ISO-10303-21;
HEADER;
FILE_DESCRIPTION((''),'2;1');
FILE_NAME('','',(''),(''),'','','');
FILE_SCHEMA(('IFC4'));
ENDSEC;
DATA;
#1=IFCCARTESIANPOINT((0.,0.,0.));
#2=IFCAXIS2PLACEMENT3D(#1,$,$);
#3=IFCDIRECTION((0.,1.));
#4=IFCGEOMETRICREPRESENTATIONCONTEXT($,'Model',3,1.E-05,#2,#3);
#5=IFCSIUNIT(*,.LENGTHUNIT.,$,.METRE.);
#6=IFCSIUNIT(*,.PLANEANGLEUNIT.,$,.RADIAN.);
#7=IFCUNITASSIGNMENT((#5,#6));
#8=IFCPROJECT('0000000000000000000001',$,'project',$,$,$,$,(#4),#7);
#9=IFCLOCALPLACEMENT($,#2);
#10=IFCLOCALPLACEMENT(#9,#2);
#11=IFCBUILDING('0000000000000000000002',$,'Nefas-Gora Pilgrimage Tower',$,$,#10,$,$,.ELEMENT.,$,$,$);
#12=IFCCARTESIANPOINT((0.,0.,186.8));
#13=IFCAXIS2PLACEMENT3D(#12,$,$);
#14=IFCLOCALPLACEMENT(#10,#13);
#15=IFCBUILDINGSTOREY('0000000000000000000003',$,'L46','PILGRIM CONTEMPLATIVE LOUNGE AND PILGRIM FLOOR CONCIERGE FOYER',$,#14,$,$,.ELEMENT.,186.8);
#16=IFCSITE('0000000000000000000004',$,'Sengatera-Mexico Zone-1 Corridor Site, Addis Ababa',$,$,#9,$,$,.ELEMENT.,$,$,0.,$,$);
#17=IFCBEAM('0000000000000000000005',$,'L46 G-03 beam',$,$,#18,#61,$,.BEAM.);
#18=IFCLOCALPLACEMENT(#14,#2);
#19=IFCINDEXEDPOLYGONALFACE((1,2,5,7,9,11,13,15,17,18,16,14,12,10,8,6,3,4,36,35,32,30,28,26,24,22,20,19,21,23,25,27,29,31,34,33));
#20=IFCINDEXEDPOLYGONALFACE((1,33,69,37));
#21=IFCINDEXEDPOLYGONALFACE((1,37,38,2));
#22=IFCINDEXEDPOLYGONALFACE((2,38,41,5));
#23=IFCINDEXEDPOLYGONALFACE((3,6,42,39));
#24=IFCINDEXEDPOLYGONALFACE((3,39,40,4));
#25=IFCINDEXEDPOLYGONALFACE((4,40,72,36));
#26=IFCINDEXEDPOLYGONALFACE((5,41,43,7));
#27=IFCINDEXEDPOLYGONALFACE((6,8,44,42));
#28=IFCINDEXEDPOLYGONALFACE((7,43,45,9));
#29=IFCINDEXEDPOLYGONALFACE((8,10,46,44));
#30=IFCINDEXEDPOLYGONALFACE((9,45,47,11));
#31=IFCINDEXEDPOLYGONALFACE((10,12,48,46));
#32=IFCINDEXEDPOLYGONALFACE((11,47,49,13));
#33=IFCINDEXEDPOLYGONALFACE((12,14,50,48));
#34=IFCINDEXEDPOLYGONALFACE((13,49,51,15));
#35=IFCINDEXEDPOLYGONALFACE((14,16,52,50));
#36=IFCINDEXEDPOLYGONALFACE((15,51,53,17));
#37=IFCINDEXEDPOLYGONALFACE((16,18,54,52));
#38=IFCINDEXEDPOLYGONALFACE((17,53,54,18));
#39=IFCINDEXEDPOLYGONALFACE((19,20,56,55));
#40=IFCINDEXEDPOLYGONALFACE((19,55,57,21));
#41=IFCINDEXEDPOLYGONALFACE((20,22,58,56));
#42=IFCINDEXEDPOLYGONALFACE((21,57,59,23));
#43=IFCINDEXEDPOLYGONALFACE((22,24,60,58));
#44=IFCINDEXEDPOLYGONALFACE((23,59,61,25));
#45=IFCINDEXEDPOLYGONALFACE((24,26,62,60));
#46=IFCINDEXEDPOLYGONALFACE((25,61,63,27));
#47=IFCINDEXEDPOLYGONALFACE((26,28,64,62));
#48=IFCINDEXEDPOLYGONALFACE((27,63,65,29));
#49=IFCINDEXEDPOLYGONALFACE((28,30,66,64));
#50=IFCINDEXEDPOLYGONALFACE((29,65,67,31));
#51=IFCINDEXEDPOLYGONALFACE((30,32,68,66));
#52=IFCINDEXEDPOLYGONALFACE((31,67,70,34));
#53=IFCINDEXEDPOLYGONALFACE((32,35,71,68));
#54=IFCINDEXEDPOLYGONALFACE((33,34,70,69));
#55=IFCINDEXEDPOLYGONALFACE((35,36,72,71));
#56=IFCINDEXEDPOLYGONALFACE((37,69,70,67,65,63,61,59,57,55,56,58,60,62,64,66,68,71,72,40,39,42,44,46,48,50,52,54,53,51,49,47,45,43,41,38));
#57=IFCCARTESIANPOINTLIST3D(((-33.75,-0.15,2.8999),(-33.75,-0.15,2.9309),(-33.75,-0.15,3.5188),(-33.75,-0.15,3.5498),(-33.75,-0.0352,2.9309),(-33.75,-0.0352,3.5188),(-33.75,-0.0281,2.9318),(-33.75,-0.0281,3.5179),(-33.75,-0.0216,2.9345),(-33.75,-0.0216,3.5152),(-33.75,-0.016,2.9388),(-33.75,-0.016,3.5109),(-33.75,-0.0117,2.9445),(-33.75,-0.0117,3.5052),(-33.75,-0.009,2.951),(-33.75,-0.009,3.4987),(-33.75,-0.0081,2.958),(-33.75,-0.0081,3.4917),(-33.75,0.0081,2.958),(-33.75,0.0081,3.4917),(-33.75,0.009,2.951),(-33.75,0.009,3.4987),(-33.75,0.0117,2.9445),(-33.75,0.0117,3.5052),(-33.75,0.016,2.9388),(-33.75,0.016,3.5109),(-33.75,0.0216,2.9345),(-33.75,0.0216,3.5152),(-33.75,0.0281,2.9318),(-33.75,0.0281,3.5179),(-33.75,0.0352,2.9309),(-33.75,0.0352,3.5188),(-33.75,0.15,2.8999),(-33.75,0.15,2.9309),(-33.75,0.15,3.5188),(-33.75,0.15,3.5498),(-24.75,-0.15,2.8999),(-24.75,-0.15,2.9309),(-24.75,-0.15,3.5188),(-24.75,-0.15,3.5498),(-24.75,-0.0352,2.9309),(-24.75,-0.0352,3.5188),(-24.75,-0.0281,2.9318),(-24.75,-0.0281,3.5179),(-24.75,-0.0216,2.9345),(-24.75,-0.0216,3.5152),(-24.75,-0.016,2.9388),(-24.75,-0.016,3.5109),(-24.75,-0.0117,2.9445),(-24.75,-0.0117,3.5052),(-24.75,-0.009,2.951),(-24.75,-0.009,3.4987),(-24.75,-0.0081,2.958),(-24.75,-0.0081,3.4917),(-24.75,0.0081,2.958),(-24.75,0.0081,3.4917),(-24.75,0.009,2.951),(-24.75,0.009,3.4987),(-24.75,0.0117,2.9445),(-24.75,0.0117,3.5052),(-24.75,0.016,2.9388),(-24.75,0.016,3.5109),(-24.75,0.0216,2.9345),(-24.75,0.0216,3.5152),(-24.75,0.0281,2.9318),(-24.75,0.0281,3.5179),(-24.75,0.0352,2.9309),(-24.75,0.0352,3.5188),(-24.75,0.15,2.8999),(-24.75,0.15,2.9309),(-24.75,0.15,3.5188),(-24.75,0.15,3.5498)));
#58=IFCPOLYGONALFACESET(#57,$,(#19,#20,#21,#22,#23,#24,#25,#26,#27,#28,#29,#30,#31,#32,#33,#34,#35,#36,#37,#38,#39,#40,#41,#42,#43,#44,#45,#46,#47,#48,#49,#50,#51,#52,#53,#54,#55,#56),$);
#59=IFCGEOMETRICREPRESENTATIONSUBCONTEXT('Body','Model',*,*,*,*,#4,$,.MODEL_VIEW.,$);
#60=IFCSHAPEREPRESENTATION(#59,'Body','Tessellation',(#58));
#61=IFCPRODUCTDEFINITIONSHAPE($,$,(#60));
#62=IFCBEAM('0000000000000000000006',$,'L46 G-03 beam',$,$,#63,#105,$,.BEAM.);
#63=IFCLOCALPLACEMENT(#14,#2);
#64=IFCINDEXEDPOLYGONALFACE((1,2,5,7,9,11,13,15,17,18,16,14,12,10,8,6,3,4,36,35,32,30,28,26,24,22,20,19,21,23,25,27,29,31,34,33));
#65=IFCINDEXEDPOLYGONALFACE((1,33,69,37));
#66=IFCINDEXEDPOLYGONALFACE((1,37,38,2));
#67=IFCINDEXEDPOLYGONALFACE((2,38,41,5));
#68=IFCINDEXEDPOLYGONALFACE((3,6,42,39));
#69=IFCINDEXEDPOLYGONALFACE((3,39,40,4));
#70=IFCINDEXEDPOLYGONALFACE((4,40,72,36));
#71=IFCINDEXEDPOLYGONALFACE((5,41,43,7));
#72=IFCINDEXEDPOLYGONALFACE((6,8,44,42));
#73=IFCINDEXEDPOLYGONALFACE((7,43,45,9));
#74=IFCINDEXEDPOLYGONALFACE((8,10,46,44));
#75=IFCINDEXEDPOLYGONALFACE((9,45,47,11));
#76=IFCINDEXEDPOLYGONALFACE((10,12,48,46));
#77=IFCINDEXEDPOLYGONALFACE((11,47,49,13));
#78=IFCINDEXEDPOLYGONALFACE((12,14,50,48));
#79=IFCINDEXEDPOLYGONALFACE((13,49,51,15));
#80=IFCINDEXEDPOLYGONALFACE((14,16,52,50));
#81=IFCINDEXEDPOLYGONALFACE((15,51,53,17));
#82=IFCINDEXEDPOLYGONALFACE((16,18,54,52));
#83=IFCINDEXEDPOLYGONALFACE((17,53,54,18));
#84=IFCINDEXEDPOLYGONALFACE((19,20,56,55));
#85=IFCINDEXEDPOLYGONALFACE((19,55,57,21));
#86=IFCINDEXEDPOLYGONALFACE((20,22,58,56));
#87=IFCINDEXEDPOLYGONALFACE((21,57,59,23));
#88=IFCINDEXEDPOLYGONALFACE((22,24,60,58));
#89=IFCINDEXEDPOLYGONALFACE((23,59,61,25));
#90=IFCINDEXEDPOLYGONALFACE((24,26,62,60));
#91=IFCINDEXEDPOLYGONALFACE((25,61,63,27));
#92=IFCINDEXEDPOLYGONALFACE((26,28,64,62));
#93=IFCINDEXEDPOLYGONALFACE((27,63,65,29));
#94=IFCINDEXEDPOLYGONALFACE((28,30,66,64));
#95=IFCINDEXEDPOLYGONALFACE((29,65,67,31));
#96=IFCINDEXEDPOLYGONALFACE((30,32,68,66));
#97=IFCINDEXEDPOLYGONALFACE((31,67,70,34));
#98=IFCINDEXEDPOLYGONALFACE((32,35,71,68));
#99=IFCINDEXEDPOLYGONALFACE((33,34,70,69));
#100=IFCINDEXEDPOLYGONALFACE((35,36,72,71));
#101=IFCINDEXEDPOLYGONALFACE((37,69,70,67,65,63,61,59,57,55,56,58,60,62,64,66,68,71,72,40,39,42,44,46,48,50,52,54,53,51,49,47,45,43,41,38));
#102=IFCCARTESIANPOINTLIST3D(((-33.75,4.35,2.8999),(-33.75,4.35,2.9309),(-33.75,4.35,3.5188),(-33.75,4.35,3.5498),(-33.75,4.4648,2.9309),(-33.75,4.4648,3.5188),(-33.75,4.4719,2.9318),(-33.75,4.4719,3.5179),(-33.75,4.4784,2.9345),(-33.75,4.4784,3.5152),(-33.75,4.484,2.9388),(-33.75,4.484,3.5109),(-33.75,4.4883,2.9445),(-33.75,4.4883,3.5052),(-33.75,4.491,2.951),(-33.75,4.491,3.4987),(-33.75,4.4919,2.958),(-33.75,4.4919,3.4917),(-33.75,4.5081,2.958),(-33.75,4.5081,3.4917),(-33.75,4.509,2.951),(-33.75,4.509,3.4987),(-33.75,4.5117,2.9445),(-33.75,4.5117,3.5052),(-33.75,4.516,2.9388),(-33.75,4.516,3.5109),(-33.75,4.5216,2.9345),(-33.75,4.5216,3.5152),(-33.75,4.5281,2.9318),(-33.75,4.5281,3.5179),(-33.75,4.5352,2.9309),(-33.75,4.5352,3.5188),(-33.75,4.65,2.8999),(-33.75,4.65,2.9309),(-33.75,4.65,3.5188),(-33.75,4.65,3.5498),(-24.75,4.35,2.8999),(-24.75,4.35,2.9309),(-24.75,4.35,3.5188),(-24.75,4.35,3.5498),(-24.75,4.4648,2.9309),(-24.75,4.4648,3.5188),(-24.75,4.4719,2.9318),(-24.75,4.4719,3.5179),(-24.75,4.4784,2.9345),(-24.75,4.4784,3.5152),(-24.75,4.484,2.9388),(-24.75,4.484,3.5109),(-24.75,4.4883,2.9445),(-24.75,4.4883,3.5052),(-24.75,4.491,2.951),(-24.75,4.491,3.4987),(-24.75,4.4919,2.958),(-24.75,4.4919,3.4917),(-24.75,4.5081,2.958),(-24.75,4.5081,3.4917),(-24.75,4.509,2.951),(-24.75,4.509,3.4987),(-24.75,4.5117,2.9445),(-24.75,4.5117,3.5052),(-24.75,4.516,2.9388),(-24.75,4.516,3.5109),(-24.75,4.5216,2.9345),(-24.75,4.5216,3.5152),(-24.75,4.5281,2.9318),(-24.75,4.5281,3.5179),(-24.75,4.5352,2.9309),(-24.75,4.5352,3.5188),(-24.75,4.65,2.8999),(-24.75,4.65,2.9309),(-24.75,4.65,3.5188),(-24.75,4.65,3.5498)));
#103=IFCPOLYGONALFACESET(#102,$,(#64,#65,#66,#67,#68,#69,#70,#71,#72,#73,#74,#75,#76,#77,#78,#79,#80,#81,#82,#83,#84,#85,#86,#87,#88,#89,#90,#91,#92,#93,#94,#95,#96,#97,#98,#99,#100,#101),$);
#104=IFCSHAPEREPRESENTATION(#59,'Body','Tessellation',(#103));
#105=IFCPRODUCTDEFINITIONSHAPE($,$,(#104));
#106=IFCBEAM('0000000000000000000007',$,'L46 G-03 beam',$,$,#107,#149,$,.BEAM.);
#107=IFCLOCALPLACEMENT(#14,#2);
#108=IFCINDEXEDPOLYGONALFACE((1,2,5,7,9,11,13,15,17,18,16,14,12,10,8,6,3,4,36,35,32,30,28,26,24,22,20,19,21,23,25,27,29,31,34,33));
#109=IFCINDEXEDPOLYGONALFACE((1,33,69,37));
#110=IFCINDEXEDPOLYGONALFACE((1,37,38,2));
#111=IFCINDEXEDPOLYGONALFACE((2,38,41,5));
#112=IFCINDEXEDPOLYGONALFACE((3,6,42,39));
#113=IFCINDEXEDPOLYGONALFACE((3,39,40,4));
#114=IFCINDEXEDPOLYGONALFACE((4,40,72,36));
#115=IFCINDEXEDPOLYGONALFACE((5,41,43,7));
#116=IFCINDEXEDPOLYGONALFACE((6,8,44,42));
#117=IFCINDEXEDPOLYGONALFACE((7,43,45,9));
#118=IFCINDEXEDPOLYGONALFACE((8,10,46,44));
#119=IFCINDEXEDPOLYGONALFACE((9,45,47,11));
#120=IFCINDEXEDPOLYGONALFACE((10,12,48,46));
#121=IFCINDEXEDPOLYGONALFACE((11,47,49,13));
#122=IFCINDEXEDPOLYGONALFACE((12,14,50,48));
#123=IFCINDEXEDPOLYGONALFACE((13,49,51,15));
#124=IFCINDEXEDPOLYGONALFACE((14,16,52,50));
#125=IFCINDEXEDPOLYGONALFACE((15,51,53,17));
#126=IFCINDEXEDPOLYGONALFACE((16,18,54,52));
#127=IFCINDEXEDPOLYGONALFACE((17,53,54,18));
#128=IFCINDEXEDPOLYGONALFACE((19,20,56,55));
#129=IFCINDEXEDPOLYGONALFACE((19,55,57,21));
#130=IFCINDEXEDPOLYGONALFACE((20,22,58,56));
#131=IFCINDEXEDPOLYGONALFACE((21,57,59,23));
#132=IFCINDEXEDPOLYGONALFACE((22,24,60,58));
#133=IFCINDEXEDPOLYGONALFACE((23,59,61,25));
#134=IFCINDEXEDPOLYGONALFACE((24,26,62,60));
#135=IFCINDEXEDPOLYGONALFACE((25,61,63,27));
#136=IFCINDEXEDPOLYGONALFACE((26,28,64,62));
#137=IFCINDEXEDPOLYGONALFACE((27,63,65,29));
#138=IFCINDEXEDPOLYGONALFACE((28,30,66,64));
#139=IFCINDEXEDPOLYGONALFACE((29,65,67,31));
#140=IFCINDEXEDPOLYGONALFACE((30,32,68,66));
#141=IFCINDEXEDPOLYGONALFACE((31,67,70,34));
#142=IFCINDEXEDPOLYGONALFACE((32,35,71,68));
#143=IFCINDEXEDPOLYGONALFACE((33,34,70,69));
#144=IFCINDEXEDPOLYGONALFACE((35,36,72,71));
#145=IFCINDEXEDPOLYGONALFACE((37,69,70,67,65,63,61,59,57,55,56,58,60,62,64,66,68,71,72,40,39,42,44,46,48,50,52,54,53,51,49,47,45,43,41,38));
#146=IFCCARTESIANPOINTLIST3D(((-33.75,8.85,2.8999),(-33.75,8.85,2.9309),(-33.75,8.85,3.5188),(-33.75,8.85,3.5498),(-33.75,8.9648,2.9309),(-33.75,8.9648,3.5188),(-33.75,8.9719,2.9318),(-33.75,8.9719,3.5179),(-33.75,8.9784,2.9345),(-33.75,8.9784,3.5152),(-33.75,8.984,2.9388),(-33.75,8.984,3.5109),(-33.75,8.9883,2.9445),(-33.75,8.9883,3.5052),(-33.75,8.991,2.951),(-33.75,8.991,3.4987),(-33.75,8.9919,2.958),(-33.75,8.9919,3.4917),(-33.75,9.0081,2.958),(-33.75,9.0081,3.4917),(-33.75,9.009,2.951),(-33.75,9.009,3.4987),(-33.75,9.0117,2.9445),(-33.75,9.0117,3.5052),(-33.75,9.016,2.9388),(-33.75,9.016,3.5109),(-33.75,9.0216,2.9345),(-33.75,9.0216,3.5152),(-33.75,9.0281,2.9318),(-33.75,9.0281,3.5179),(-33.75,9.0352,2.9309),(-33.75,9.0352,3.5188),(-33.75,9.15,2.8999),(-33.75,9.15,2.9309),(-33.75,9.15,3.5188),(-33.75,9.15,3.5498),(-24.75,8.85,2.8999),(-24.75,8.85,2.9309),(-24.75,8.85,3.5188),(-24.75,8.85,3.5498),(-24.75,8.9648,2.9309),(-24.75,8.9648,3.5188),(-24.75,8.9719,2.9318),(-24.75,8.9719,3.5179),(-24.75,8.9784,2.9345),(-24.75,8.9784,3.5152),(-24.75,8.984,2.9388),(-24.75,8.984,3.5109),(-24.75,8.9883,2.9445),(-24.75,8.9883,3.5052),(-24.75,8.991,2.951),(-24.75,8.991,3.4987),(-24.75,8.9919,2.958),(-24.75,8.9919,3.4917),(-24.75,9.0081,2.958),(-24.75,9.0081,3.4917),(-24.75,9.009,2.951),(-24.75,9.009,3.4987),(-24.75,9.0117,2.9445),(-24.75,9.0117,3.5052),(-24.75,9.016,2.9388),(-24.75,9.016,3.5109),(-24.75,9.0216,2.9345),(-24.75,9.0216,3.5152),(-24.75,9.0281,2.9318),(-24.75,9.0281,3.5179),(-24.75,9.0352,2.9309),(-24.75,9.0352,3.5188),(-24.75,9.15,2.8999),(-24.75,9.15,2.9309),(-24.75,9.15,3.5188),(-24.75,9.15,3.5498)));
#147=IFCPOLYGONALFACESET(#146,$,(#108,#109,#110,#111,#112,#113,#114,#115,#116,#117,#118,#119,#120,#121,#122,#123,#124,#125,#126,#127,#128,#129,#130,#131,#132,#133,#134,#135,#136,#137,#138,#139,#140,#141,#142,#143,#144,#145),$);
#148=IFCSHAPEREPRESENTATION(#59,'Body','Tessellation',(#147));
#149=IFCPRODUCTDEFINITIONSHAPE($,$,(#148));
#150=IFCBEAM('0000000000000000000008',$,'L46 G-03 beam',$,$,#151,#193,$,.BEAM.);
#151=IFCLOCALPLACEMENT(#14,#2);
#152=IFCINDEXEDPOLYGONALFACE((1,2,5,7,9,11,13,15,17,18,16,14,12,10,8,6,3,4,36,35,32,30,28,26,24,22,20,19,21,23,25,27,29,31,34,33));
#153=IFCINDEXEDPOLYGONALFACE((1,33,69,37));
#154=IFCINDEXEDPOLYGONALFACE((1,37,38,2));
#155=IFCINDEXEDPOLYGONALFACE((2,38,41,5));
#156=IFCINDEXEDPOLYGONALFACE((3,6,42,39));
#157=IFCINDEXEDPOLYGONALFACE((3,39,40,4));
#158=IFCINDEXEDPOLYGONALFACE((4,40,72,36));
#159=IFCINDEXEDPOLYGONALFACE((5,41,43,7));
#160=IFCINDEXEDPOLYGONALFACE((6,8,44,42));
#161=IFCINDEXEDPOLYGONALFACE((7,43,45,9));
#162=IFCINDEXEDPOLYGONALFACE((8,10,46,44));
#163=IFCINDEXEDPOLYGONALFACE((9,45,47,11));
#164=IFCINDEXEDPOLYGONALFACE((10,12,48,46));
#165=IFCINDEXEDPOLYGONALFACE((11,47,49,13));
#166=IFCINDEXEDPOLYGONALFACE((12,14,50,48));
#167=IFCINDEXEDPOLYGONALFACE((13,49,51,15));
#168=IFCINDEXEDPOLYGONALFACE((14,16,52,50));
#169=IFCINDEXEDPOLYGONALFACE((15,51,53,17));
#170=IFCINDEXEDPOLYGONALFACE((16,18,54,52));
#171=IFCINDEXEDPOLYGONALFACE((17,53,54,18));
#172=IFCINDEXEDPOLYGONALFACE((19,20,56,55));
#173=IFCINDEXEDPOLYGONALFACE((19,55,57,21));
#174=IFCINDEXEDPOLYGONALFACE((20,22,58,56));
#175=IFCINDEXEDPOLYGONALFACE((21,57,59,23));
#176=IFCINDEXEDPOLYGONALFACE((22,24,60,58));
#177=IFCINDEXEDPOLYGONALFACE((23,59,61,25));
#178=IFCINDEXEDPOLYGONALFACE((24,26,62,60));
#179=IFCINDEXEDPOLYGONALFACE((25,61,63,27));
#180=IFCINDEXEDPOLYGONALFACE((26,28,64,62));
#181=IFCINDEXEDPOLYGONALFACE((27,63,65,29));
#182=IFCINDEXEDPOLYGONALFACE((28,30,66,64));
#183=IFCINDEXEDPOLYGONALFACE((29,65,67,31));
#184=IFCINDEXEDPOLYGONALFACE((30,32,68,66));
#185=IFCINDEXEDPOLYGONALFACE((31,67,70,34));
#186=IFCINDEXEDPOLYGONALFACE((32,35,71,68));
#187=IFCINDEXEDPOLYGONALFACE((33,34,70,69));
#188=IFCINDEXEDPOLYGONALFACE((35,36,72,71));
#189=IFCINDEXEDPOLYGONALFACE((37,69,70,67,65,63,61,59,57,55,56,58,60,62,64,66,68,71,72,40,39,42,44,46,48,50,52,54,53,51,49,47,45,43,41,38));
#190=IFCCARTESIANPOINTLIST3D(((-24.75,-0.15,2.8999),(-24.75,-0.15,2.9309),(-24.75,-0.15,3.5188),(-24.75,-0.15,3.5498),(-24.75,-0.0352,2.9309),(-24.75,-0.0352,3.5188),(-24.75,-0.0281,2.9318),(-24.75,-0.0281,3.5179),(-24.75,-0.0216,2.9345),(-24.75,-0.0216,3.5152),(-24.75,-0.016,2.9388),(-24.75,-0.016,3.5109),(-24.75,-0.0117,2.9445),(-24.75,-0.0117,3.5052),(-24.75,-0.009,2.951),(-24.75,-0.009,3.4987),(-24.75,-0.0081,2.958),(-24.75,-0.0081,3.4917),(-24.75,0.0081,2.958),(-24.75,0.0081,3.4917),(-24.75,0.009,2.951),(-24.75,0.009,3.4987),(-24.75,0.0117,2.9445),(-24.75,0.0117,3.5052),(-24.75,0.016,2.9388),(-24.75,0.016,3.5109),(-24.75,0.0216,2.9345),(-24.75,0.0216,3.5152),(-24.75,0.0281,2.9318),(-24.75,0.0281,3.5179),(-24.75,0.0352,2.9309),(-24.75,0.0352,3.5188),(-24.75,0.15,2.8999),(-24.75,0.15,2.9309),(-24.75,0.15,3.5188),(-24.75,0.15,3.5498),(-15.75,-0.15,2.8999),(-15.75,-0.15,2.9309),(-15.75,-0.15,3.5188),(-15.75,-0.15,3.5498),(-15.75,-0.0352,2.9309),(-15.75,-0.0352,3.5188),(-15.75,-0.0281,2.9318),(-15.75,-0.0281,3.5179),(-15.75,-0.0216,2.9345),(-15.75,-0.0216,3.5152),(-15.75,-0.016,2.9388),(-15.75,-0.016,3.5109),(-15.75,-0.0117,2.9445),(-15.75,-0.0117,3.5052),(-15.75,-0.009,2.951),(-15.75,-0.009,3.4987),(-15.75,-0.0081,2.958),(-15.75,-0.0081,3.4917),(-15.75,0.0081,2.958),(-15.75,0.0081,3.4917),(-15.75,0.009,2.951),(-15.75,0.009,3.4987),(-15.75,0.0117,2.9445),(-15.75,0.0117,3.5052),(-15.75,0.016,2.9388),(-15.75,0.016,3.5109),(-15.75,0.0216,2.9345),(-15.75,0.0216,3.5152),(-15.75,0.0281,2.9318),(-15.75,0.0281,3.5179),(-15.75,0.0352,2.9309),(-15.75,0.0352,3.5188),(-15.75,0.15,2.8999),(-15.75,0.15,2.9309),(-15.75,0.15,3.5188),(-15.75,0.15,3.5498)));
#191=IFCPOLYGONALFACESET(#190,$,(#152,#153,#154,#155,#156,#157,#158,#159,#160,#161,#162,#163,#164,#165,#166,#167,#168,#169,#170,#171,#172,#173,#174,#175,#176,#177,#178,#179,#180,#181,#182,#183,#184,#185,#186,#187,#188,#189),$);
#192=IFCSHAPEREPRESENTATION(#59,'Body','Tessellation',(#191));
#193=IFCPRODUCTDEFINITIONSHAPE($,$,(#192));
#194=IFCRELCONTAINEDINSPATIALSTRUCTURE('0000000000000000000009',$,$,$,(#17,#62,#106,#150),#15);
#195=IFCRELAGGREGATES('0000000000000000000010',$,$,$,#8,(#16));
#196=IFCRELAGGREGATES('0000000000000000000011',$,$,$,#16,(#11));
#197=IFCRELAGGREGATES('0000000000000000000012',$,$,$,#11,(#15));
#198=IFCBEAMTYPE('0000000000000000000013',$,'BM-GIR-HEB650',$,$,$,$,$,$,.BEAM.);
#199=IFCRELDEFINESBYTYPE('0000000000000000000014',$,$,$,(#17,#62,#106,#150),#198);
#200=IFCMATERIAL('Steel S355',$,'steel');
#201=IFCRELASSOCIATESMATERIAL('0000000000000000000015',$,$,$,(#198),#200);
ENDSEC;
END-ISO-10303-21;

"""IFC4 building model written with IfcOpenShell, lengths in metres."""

from ifc_helpers import new_model, si_unit, direction, frame, origin, origin_2d, place, context, subcontext, project, spatial, i_section, extrude, source, transform, mapped, material, material_profile, profile_set, type_object, element, save


model = new_model("IFC4")

# Units and contexts
model_context = context("Model", 3, precision=1e-05, world=origin(), true_north=direction((0.0, 1.0)))
body_context = subcontext(model_context, "Body", "Model", "MODEL_VIEW")
ifc_project = project(units=[si_unit("LENGTHUNIT", "METRE"), si_unit("PLANEANGLEUNIT", "RADIAN")], contexts=[model_context])

# Site, building, storey
site_placement = place(None, origin())
site = spatial("IfcSite", under=ifc_project, at=site_placement, Name="Sengatera-Mexico Zone-1 Corridor Site, Addis Ababa", CompositionType="ELEMENT", RefElevation=0.0)
building_placement = place(site_placement, origin())
building = spatial("IfcBuilding", under=site, at=building_placement, Name="Nefas-Gora Pilgrimage Tower", CompositionType="ELEMENT")
storey_placement = place(building_placement, frame((0.0, 0.0, 186.8)))
storey = spatial("IfcBuildingStorey", under=building, at=storey_placement, Name="L46", Description="PILGRIM CONTEMPLATIVE LOUNGE AND PILGRIM FLOOR CONCIERGE FOYER", CompositionType="ELEMENT", Elevation=186.8)

# Beams
ifc_material_1 = material(Name="Steel S355", Category="steel")
ifc_material_profile_1 = material_profile(ifc_material_1, i_section(OverallWidth=0.3, OverallDepth=0.6499, WebThickness=0.0161, FlangeThickness=0.031, FilletRadius=0.0271, at=origin_2d()), Name="HEB 650")
ifc_profile_set_1 = profile_set([ifc_material_profile_1], Name="Steel S355")
beam_type_1 = type_object("IfcBeamType", Name="BM-GIR-HEB650", PredefinedType="BEAM", material=ifc_profile_set_1)
shared_shape_1 = source(origin(), body_context, "Body", "SweptSolid", [
    extrude(i_section(OverallWidth=0.3, OverallDepth=0.6499, WebThickness=0.0161, FlangeThickness=0.031, FilletRadius=0.0271, at=origin_2d()), origin(), (0.0, 0.0, 1.0), 9.0),
])
for number, where, z_axis, x_axis, name in (
    (1, (-33.75, 0.0, 3.2249), (1.0, 0.0, 0.0), (0.0, 1.0, 0.0), "L46 G-03 beam"),
    (2, (-33.75, 4.5, 3.2249), (1.0, 0.0, 0.0), (0.0, 1.0, 0.0), "L46 G-03 beam"),
    (3, (-33.75, 9.0, 3.2249), (1.0, 0.0, 0.0), (0.0, 1.0, 0.0), "L46 G-03 beam"),
    (4, (-24.75, 0.0, 3.2249), (1.0, 0.0, 0.0), (0.0, 1.0, 0.0), "L46 G-03 beam"),
):
    element("IfcBeam", number, at=place(storey_placement, frame(where, z_axis=z_axis, x_axis=x_axis)), inside=storey, type_object=beam_type_1, Name=name, PredefinedType="BEAM", context=body_context, shape_type="MappedRepresentation", body=[
        mapped(shared_shape_1, transform((0.0, 0.0, 0.0), x_axis=(1.0, 0.0, 0.0), y_axis=(0.0, 1.0, 0.0), z_axis=(0.0, 0.0, 1.0), scale=1.0)),
    ])

save(model, "model.ifc")
